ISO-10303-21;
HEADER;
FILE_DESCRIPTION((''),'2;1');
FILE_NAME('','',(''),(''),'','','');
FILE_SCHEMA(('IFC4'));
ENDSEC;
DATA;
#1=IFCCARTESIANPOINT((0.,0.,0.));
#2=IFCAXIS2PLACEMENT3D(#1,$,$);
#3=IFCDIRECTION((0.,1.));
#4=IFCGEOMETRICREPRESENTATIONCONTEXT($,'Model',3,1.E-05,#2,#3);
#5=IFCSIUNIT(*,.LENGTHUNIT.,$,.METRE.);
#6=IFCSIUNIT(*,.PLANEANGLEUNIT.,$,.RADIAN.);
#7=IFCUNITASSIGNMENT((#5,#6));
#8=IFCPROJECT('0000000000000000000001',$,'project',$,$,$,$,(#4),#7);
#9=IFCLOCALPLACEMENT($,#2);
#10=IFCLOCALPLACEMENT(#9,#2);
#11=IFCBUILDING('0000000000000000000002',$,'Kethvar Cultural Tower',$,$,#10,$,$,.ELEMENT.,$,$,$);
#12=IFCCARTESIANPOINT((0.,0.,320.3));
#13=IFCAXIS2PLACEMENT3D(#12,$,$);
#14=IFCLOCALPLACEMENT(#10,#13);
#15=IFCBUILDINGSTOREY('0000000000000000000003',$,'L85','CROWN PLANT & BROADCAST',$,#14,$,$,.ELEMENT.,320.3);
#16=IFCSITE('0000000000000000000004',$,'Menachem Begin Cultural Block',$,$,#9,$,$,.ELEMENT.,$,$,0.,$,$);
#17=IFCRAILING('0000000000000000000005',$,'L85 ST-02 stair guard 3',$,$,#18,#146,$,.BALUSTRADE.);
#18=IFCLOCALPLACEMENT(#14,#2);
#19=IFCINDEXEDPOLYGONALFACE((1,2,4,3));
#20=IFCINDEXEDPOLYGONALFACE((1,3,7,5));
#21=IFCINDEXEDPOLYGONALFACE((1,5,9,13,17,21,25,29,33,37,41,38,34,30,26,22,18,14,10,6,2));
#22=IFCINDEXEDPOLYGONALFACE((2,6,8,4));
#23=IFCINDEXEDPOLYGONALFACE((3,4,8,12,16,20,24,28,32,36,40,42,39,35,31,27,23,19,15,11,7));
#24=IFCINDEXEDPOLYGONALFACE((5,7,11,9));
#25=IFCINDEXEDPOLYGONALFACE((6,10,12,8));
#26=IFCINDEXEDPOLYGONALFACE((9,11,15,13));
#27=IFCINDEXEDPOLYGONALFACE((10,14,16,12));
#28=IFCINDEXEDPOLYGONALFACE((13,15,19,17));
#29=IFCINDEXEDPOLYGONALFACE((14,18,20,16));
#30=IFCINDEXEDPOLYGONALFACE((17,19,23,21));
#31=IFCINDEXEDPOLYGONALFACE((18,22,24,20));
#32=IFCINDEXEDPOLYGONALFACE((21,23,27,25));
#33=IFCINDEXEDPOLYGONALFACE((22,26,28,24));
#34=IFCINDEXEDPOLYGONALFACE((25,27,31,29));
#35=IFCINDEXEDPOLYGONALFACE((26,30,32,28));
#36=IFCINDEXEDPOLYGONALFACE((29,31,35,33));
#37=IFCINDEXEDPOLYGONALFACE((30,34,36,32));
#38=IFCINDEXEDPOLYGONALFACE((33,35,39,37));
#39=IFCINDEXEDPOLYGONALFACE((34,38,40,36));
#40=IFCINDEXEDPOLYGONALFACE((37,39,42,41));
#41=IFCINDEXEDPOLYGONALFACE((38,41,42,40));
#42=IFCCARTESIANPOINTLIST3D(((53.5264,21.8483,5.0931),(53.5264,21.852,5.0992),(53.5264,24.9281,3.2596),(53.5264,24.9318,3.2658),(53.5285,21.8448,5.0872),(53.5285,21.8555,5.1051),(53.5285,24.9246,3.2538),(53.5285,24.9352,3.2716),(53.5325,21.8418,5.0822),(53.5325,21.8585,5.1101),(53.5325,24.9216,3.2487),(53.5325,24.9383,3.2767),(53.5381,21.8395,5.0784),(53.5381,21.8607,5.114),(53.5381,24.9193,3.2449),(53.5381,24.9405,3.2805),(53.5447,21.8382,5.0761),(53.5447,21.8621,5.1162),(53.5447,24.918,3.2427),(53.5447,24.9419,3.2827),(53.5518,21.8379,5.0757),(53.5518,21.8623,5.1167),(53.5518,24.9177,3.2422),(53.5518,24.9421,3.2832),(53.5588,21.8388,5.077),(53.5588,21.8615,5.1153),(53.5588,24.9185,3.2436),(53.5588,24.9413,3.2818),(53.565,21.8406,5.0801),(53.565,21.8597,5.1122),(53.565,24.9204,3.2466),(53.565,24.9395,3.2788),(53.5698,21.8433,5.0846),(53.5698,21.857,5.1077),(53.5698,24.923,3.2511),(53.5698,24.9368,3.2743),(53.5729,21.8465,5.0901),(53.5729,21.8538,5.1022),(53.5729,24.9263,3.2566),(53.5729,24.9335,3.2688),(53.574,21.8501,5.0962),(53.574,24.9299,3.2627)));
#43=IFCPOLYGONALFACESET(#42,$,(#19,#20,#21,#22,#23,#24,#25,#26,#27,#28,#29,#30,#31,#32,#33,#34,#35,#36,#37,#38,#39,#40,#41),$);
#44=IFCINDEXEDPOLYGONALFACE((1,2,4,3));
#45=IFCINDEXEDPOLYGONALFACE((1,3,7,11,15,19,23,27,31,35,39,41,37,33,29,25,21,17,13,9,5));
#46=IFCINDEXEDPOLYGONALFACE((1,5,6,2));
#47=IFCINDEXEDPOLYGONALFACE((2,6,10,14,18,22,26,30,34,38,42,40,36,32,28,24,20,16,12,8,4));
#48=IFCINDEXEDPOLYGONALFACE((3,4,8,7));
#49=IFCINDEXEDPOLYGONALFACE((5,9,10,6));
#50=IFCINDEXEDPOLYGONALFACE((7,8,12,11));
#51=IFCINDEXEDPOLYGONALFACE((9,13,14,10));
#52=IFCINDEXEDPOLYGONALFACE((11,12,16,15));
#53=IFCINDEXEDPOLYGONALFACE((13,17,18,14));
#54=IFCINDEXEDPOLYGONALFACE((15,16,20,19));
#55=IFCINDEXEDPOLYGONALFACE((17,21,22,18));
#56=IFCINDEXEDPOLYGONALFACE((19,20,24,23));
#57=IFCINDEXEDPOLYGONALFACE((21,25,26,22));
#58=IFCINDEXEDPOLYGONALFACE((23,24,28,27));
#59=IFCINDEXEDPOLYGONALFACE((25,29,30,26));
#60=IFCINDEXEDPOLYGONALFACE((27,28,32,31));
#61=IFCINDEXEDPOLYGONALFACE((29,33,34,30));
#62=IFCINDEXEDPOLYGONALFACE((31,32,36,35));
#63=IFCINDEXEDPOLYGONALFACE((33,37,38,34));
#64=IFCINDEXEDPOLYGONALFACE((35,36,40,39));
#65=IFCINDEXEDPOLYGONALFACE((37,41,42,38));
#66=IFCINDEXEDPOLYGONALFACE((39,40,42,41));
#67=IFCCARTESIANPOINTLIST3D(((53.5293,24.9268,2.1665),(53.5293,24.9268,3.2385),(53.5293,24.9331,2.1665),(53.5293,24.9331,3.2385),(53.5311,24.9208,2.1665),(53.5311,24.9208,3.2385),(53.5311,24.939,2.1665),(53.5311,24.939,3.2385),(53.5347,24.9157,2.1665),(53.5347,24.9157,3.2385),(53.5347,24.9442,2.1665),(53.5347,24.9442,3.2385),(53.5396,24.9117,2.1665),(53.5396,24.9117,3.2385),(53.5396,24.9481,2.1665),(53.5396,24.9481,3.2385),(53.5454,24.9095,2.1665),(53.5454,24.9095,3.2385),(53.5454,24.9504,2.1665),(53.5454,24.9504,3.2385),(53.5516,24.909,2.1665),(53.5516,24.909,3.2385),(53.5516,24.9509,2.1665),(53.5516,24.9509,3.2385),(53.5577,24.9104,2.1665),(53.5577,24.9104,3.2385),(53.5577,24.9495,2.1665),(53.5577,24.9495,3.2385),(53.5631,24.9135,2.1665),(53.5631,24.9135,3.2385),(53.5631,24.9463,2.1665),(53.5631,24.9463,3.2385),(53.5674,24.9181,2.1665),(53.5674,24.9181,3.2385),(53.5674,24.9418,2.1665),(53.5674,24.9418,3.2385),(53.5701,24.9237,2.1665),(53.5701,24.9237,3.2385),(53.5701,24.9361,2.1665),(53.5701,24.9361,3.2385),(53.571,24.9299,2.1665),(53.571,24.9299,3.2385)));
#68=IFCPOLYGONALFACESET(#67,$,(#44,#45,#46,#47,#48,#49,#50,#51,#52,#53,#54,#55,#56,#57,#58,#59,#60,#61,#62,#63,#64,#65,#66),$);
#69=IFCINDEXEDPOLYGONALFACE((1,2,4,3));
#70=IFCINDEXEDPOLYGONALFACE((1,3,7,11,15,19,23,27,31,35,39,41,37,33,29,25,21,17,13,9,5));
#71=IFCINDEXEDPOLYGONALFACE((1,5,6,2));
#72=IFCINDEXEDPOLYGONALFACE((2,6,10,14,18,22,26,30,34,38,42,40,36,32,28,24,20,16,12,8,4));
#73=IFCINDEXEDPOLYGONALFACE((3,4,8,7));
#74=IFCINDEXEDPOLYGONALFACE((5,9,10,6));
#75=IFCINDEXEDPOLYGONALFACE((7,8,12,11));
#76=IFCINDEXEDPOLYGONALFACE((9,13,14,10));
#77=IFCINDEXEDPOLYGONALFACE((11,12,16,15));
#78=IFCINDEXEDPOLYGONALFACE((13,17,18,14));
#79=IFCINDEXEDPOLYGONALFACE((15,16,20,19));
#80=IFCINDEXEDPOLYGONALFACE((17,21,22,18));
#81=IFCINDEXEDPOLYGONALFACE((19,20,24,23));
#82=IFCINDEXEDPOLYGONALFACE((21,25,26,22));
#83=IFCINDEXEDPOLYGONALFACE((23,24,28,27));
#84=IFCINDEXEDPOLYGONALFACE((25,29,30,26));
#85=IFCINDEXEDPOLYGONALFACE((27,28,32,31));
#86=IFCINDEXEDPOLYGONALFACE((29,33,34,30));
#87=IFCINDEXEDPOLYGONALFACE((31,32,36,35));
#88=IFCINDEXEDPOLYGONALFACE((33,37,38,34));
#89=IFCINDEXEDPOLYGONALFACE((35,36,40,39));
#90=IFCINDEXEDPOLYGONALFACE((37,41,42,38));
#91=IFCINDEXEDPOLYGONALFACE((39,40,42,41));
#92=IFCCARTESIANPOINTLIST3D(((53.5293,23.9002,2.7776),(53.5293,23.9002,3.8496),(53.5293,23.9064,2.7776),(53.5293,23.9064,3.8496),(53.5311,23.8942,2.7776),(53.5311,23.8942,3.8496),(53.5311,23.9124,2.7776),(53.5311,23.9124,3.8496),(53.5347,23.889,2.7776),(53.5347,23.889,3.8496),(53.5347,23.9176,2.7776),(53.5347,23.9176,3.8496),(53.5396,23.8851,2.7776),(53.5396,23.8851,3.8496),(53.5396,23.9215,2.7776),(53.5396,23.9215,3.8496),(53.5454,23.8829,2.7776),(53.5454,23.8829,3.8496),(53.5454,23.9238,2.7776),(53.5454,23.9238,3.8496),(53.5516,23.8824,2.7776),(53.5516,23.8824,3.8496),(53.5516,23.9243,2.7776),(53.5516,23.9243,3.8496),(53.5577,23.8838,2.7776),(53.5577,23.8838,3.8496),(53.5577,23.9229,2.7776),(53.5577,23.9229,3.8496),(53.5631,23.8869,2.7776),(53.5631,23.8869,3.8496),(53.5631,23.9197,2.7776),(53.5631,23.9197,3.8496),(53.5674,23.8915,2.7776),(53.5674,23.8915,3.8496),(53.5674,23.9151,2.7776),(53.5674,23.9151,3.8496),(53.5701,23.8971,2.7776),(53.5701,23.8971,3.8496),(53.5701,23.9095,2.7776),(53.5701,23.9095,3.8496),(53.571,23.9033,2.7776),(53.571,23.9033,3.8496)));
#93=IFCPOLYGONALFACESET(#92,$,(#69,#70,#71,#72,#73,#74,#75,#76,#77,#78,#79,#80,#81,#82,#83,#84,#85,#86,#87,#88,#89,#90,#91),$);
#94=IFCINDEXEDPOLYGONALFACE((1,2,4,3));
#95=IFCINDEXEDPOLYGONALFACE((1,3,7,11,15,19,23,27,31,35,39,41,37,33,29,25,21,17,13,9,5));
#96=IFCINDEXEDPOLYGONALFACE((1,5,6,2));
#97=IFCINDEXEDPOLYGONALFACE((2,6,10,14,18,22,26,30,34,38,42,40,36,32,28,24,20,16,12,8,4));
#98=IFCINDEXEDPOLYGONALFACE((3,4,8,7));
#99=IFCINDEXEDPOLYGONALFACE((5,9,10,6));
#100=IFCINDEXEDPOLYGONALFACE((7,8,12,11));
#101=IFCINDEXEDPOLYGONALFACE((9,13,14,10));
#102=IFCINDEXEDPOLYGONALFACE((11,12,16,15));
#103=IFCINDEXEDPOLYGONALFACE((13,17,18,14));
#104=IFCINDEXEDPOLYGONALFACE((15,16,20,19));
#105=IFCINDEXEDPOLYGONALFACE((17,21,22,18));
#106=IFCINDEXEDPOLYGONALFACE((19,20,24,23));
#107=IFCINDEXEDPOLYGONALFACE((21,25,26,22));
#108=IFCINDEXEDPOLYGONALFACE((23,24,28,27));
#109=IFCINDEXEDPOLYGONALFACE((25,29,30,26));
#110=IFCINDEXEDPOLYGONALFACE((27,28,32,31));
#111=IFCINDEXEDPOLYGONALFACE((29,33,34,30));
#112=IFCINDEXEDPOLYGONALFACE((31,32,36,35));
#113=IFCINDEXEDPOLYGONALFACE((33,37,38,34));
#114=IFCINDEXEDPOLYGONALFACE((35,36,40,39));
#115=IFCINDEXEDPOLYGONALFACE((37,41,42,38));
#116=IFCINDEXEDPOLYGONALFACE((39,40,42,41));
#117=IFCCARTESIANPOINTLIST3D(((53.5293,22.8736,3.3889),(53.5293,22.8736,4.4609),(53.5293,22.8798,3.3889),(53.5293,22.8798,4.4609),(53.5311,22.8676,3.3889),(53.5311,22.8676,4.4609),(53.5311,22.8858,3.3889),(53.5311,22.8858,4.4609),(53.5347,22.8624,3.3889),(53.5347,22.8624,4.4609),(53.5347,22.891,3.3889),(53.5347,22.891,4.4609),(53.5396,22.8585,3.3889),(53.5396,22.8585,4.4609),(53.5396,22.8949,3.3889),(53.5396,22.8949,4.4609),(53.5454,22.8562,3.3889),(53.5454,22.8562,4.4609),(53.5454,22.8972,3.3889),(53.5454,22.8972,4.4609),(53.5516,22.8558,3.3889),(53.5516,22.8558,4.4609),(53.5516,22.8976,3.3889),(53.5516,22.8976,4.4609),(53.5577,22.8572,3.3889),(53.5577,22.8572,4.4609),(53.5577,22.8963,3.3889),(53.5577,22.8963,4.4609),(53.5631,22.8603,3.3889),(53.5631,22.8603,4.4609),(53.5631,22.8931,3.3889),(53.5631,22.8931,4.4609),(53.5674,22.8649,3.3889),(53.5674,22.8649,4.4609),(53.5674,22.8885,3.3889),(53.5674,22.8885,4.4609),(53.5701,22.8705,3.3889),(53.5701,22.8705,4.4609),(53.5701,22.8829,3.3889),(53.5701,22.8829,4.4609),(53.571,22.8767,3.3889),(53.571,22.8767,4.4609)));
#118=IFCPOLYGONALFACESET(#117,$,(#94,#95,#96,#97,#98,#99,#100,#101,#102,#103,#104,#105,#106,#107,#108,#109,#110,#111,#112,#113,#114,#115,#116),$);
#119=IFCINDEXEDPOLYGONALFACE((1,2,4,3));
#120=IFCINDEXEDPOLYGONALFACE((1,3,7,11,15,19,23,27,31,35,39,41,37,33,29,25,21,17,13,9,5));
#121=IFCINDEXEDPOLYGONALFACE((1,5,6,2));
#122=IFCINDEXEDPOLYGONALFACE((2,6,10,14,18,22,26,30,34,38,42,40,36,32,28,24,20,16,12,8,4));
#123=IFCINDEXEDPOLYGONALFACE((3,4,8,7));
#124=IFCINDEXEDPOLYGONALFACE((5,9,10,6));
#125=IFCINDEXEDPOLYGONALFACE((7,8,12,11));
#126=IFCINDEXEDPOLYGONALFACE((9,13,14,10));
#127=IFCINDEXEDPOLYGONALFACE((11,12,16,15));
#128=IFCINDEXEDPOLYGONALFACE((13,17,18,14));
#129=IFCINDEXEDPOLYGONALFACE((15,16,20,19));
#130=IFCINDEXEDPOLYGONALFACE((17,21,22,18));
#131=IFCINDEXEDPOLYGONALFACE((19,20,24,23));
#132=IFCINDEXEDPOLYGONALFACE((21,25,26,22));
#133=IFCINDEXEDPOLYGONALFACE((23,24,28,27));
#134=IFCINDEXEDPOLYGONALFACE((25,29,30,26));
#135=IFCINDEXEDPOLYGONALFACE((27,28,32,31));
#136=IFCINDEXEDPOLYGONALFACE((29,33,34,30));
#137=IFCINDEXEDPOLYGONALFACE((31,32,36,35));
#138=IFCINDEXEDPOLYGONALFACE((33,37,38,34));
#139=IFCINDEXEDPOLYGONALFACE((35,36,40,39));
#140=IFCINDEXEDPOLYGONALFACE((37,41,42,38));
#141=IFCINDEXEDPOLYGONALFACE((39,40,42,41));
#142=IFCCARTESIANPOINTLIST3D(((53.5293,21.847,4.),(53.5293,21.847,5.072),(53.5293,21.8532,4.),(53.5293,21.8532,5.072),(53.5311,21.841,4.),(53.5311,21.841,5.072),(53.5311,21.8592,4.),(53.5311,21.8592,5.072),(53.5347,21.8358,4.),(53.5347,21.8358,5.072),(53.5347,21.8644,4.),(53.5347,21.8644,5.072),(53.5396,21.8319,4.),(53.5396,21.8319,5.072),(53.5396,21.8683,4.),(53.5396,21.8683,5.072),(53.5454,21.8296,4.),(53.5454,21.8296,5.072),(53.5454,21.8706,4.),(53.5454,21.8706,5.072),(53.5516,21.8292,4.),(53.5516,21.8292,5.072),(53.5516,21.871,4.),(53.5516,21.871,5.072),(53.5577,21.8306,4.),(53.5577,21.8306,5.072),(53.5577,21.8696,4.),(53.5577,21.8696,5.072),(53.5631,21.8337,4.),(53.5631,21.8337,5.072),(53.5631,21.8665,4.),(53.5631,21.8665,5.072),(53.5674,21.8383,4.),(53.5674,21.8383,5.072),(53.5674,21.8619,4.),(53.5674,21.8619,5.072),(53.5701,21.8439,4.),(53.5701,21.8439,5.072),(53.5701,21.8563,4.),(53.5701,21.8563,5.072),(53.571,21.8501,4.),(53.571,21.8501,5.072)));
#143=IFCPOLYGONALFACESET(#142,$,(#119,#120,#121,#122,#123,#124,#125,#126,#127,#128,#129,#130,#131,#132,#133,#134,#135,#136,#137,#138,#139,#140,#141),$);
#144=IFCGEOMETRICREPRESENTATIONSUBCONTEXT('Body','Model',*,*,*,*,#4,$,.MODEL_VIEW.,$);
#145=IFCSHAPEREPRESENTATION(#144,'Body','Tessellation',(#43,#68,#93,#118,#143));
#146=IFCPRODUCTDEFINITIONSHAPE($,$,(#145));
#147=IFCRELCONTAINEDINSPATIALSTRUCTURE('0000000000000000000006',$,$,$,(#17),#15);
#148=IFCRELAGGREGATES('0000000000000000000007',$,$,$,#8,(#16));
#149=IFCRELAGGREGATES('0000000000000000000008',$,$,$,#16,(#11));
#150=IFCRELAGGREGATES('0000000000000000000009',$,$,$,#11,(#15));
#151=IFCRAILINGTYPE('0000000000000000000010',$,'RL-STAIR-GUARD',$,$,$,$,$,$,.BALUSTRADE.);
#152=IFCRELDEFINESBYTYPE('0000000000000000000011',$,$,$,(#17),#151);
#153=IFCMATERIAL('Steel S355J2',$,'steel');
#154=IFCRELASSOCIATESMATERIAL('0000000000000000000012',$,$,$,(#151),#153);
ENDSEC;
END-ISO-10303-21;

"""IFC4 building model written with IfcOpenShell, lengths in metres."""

from ifc_helpers import new_model, si_unit, direction, frame, origin, origin_2d, place, context, subcontext, project, spatial, circle, extrude, material, type_object, element, save


model = new_model("IFC4")

# Units and contexts
model_context = context("Model", 3, precision=1e-05, world=origin(), true_north=direction((0.0, 1.0)))
body_context = subcontext(model_context, "Body", "Model", "MODEL_VIEW")
ifc_project = project(units=[si_unit("LENGTHUNIT", "METRE"), si_unit("PLANEANGLEUNIT", "RADIAN")], contexts=[model_context])

# Site, building, storey
site_placement = place(None, origin())
site = spatial("IfcSite", under=ifc_project, at=site_placement, Name="Menachem Begin Cultural Block", CompositionType="ELEMENT", RefElevation=0.0)
building_placement = place(site_placement, origin())
building = spatial("IfcBuilding", under=site, at=building_placement, Name="Kethvar Cultural Tower", CompositionType="ELEMENT")
storey_placement = place(building_placement, frame((0.0, 0.0, 320.3)))
storey = spatial("IfcBuildingStorey", under=building, at=storey_placement, Name="L85", Description="CROWN PLANT & BROADCAST", CompositionType="ELEMENT", Elevation=320.3)

# Shared definitions
ifc_material_1 = material(Name="Steel S355J2", Category="steel")

# Railing
railing_type_1 = type_object("IfcRailingType", Name="RL-STAIR-GUARD", PredefinedType="BALUSTRADE", material=ifc_material_1)
railing_1_placement = place(storey_placement, frame((53.55, 24.9299, 2.1665)))
element("IfcRailing", 1, at=railing_1_placement, inside=storey, type_object=railing_type_1, Name="L85 ST-02 stair guard 3", PredefinedType="BALUSTRADE", context=body_context, shape_type="SweptSolid", body=[
    extrude(circle(Radius=0.0239, at=origin_2d()), frame((0.0, 0.0, 1.0962), z_axis=(0.0, -0.859261, 0.511538), x_axis=(1.0, 0.0, 0.0)), (0.0, 0.0, 1.0), 3.5842),
    extrude(circle(Radius=0.021, at=origin_2d()), origin(), (0.0, 0.0, 1.0), 1.072),
    extrude(circle(Radius=0.021, at=origin_2d()), frame((0.0, -1.0266, 0.6111)), (0.0, 0.0, 1.0), 1.072),
    extrude(circle(Radius=0.021, at=origin_2d()), frame((0.0, -2.0532, 1.2224)), (0.0, 0.0, 1.0), 1.072),
    extrude(circle(Radius=0.021, at=origin_2d()), frame((0.0, -3.0798, 1.8335)), (0.0, 0.0, 1.0), 1.072),
])

save(model, "model.ifc")
